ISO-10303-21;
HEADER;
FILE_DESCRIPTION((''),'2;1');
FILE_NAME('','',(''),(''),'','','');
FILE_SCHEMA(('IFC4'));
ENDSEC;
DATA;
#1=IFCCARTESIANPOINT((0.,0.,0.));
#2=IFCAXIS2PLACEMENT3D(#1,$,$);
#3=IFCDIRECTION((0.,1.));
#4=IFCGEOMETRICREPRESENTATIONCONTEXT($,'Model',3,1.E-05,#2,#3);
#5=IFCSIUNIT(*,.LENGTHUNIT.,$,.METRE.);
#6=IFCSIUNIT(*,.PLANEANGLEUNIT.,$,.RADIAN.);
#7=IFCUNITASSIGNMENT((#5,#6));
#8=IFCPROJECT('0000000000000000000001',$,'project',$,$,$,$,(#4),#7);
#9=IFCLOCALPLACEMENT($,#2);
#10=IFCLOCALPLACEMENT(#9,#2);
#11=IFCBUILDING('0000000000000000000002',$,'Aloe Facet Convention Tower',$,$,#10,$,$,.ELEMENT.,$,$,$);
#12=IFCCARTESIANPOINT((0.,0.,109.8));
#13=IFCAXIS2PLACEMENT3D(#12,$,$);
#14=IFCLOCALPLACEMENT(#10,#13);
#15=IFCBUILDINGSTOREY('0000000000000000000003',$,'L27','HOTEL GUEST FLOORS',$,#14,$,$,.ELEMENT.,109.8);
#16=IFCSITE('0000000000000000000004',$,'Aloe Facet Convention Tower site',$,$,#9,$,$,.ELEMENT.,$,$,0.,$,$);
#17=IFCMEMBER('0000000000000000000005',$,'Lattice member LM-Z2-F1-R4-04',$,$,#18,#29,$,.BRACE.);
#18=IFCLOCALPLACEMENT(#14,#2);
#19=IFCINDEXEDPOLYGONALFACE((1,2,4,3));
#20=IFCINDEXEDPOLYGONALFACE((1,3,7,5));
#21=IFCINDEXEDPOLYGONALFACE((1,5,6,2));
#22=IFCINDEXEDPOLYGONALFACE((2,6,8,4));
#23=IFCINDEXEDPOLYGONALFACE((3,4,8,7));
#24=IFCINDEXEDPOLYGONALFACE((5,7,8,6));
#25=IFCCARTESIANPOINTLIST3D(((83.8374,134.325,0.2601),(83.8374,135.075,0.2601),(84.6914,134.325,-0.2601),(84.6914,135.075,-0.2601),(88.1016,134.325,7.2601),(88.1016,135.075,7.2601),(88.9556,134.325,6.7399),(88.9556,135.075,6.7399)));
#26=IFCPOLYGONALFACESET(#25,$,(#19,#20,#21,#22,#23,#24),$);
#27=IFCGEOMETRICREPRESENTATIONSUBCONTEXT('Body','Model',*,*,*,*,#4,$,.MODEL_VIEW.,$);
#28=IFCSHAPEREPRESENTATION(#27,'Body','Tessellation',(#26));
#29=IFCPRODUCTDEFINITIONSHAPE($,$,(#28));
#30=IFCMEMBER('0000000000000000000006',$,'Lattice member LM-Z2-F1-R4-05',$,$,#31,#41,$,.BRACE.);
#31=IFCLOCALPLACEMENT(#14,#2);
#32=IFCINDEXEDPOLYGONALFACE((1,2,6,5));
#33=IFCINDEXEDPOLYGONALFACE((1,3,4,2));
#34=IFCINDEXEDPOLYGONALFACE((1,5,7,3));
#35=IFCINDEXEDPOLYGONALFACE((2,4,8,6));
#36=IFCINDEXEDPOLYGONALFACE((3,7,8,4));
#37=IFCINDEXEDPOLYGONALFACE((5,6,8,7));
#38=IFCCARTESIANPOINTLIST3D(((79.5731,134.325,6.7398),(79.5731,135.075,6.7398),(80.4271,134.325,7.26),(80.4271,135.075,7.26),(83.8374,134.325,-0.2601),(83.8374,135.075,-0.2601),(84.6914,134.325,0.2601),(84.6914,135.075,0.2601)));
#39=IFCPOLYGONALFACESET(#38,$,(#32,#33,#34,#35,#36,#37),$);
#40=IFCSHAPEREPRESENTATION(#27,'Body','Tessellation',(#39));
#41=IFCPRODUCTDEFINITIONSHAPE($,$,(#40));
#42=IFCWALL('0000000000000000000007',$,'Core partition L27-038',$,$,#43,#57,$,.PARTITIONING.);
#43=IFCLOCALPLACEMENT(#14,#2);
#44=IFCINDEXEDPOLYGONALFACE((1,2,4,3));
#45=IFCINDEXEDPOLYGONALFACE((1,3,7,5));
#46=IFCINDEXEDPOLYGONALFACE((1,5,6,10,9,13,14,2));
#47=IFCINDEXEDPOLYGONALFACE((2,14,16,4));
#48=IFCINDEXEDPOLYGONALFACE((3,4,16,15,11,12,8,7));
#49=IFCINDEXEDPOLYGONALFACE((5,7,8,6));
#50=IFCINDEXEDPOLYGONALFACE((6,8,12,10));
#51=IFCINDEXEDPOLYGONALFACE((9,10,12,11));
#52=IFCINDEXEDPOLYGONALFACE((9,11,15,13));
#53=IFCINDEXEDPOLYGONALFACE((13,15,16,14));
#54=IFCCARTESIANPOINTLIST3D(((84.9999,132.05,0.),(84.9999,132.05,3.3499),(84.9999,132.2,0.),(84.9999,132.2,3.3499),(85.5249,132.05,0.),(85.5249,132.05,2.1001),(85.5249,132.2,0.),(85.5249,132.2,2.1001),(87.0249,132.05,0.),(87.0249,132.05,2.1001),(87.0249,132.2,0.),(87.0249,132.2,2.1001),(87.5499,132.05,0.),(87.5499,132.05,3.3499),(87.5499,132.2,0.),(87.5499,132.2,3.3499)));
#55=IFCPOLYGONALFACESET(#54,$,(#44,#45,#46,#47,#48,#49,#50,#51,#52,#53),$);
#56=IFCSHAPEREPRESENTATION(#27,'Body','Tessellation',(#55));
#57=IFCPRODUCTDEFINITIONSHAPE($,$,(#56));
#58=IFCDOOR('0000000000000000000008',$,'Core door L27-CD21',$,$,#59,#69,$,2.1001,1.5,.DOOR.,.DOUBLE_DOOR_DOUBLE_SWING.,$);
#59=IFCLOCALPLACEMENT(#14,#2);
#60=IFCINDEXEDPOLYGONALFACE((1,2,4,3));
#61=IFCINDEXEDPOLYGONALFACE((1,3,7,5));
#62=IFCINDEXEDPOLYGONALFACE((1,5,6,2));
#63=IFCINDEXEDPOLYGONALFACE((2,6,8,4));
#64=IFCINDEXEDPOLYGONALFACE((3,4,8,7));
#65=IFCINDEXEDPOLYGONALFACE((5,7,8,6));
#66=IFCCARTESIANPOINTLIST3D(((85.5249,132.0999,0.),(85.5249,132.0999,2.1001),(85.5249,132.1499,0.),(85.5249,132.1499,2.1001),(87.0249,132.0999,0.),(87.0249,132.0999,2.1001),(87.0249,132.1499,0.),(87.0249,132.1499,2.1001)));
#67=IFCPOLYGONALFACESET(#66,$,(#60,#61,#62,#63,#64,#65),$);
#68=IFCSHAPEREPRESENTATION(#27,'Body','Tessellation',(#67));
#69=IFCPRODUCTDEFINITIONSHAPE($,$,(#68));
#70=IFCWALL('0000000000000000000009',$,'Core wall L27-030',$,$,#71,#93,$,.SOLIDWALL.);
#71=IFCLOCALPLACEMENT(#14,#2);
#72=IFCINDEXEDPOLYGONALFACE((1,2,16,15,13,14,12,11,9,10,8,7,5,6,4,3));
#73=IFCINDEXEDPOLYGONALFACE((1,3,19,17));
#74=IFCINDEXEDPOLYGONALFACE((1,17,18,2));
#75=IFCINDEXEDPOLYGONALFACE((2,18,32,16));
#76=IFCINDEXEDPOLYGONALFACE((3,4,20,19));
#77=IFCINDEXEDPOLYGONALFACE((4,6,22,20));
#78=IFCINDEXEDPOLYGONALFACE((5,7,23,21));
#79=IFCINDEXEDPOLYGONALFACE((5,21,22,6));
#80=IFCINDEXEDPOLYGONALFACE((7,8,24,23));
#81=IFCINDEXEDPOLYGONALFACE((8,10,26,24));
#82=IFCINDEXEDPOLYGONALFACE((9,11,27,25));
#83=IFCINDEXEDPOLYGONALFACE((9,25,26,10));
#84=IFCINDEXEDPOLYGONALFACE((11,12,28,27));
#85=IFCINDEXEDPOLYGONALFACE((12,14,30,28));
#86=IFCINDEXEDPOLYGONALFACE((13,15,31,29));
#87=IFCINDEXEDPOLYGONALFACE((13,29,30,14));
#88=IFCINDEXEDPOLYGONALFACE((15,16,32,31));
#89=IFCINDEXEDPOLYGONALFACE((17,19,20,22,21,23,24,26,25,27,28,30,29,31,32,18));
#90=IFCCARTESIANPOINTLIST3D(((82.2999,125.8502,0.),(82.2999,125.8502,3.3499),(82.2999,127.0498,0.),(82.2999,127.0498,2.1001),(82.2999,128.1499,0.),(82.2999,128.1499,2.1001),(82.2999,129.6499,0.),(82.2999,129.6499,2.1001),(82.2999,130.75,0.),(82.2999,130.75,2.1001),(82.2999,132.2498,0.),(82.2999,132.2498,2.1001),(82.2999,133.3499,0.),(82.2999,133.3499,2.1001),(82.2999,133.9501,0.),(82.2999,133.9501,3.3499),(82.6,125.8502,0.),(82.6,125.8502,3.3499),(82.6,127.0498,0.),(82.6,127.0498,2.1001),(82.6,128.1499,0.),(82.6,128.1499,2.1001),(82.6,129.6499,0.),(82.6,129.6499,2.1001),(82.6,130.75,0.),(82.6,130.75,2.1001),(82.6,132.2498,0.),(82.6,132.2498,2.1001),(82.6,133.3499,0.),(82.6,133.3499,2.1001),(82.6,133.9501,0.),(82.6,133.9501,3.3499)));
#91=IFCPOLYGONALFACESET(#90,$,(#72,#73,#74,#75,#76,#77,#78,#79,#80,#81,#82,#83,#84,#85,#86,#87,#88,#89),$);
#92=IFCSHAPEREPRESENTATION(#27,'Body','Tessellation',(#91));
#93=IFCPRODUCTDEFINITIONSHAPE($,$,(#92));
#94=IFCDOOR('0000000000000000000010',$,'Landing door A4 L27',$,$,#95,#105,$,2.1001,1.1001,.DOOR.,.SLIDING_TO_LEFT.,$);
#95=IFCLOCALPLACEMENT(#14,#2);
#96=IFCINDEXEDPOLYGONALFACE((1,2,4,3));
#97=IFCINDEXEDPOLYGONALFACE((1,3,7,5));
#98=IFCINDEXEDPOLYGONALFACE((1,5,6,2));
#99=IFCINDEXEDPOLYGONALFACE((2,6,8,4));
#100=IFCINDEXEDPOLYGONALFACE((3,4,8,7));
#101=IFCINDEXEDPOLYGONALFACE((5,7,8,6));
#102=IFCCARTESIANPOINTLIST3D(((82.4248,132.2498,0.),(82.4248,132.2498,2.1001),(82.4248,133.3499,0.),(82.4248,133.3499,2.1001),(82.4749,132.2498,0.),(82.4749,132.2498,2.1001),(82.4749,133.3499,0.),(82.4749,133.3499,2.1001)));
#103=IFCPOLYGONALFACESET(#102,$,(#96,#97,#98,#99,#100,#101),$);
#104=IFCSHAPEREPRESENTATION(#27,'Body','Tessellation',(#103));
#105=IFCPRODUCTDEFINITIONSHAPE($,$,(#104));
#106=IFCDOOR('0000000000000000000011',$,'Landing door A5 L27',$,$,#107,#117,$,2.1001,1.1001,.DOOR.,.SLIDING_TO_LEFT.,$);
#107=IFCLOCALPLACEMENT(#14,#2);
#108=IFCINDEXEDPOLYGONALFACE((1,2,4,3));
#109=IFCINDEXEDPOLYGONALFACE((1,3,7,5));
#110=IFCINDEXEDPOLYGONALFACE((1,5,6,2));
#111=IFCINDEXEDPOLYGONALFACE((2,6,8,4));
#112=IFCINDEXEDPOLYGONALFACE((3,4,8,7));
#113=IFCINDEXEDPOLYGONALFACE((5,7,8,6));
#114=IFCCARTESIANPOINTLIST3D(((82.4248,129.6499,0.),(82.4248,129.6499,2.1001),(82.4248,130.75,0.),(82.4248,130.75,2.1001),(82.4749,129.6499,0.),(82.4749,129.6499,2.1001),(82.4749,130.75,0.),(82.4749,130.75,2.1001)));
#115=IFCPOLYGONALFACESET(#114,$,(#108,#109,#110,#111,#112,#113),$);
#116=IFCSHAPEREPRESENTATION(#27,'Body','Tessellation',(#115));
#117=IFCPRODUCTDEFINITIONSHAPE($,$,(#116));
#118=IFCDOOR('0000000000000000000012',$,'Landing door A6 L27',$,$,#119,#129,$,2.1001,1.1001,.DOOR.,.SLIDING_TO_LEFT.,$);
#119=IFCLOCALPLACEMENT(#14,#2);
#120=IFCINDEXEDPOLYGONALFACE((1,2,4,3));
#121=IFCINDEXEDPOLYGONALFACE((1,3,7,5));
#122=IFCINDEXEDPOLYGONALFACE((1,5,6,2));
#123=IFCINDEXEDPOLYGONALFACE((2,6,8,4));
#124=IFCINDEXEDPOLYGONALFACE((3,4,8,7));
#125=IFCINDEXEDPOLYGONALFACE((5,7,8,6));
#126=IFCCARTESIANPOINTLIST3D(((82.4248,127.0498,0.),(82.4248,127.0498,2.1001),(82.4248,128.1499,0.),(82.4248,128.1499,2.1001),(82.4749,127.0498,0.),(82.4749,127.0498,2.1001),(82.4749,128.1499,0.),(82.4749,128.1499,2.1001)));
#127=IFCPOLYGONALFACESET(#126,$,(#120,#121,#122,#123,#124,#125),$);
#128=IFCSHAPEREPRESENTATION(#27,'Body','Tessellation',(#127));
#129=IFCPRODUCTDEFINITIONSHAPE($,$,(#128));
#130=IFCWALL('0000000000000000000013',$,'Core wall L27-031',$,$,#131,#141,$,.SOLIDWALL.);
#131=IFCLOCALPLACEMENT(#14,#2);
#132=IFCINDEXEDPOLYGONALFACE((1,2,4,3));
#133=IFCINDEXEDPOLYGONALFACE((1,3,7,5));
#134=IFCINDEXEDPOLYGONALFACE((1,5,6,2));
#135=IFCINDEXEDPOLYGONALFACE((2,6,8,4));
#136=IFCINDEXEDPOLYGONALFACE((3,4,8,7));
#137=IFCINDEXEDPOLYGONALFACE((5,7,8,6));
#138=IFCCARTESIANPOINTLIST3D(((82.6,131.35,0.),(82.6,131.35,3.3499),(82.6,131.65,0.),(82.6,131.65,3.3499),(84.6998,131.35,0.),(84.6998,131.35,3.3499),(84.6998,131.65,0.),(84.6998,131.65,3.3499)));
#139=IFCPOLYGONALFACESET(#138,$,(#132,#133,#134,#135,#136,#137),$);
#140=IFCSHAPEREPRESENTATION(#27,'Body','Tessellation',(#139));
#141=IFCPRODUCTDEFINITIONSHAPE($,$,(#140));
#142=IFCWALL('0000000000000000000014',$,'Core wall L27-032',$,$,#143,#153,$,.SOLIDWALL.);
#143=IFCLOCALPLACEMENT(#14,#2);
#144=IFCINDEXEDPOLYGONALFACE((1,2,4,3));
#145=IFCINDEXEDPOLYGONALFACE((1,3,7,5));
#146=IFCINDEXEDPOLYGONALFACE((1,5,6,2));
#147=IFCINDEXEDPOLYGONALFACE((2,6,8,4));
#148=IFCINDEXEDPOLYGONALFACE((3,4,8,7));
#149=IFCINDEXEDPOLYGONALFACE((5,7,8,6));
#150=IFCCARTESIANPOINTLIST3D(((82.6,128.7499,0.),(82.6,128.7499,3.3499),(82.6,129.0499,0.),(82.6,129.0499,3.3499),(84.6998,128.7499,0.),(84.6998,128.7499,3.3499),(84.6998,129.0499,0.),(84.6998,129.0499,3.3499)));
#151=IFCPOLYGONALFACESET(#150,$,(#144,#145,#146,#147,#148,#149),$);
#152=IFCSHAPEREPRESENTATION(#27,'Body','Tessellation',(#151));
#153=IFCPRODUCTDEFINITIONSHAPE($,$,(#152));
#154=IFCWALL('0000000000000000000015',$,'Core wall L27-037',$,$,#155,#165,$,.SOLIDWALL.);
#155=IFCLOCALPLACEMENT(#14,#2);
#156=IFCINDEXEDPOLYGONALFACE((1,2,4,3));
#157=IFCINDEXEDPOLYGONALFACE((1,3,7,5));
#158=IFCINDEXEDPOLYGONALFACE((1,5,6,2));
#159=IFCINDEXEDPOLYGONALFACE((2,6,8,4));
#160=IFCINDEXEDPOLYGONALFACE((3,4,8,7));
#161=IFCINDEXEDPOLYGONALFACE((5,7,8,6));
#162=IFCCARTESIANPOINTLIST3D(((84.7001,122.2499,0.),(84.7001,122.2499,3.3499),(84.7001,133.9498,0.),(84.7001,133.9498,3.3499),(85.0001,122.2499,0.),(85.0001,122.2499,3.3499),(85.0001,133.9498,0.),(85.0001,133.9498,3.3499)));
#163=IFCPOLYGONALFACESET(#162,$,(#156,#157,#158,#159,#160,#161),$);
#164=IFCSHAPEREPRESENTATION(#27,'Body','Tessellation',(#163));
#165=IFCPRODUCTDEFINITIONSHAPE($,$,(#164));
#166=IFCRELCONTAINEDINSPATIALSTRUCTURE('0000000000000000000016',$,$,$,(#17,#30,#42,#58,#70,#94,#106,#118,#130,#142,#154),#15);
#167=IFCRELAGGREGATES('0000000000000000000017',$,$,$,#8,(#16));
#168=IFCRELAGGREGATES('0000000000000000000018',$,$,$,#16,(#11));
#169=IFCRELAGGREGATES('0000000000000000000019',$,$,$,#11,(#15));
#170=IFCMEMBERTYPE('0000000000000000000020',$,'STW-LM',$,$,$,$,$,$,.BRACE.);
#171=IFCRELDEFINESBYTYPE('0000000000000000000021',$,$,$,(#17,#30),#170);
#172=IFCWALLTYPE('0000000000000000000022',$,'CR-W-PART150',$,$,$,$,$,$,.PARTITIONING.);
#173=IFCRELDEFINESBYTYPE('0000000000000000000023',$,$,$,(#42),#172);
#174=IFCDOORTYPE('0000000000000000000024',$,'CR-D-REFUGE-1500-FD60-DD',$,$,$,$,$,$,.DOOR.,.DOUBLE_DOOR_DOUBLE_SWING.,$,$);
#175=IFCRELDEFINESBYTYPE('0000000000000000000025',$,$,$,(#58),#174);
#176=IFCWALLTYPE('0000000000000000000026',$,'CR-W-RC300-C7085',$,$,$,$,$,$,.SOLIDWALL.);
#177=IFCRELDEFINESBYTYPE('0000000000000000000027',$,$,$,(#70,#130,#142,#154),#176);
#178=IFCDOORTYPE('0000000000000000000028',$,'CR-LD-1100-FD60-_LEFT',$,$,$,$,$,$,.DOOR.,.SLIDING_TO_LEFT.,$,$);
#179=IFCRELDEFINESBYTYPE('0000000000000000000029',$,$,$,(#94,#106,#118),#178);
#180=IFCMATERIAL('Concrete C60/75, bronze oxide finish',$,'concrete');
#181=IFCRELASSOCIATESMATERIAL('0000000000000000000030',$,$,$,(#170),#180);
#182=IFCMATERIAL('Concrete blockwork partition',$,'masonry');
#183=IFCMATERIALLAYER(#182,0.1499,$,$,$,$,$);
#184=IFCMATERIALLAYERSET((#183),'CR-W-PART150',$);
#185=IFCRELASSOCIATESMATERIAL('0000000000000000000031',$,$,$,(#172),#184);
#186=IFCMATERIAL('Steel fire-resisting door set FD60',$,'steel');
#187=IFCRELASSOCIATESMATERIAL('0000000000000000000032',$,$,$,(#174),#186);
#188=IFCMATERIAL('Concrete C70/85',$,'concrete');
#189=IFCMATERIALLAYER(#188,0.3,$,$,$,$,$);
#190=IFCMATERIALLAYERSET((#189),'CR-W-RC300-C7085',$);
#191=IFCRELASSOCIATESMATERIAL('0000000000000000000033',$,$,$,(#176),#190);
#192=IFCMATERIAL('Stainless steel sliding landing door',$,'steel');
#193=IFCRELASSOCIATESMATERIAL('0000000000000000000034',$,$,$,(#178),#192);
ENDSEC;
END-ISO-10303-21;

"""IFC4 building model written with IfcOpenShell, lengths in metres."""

from ifc_helpers import new_model, si_unit, direction, frame, frame_2d, origin, origin_2d, place, context, subcontext, project, spatial, rectangle, extrude, material, layer, layer_set, material_profile, profile_set, type_object, element, fill, save


model = new_model("IFC4")

# Units and contexts
model_context = context("Model", 3, precision=1e-05, world=origin(), true_north=direction((0.0, 1.0)))
body_context = subcontext(model_context, "Body", "Model", "MODEL_VIEW")
ifc_project = project(units=[si_unit("LENGTHUNIT", "METRE"), si_unit("PLANEANGLEUNIT", "RADIAN")], contexts=[model_context])

# Site, building, storey
site_placement = place(None, origin())
site = spatial("IfcSite", under=ifc_project, at=site_placement, Name="Aloe Facet Convention Tower site", CompositionType="ELEMENT", RefElevation=0.0)
building_placement = place(site_placement, origin())
building = spatial("IfcBuilding", under=site, at=building_placement, Name="Aloe Facet Convention Tower", CompositionType="ELEMENT")
storey_placement = place(building_placement, frame((0.0, 0.0, 109.8)))
storey = spatial("IfcBuildingStorey", under=building, at=storey_placement, Name="L27", Description="HOTEL GUEST FLOORS", CompositionType="ELEMENT", Elevation=109.8)

# Members
ifc_material_1 = material(Name="Concrete C60/75, bronze oxide finish", Category="concrete")
ifc_material_profile = material_profile(ifc_material_1, rectangle(XDim=0.75, YDim=1.0, at=origin_2d()), Name="STW-LM")
ifc_profile_set = profile_set([ifc_material_profile], Name="Concrete C60/75, bronze oxide finish")
member_type = type_object("IfcMemberType", Name="STW-LM", PredefinedType="BRACE", material=ifc_profile_set)
for number, where, z_axis, x_axis, name in (
    (1, (84.2644, 134.7, 0.0), (0.52024, 0.0, 0.85402), (0.0, 1.0, 0.0), "Lattice member LM-Z2-F1-R4-04"),
    (2, (84.2644, 134.7, 0.0), (-0.520262, 0.0, 0.854007), (0.0, -1.0, 0.0), "Lattice member LM-Z2-F1-R4-05"),
):
    element("IfcMember", number, at=place(storey_placement, frame(where, z_axis=z_axis, x_axis=x_axis)), inside=storey, type_object=member_type, Name=name, PredefinedType="BRACE", context=body_context, shape_type="SweptSolid", body=[
        extrude(rectangle(XDim=0.75, YDim=1.0, at=origin_2d()), origin(), (0.0, 0.0, 1.0), 8.1965),
    ])

# Wall, opening, door
ifc_material_2 = material(Name="Concrete blockwork partition", Category="masonry")
ifc_layer_1 = layer(ifc_material_2, 0.1499)
ifc_layer_set_1 = layer_set([ifc_layer_1], Name="CR-W-PART150")
wall_type_1 = type_object("IfcWallType", Name="CR-W-PART150", PredefinedType="PARTITIONING", material=ifc_layer_set_1)
wall_1_placement = place(storey_placement, frame((85.0, 132.125, 0.0), z_axis=(0.0, 0.0, 1.0), x_axis=(1.0, 0.0, 0.0)))
wall_1 = element("IfcWall", 3, at=wall_1_placement, inside=storey, type_object=wall_type_1, Name="Core partition L27-038", PredefinedType="PARTITIONING", context=body_context, shape_type="SweptSolid", body=[
    extrude(rectangle(XDim=2.55, YDim=0.1499, at=frame_2d((1.2749, 0.0))), origin(), (0.0, 0.0, 1.0), 3.3499),
])
opening_1_placement = place(wall_1_placement, frame((0.5249, 0.0, 0.0)))
opening_1 = element("IfcOpeningElement", 4, at=opening_1_placement, cuts=wall_1, PredefinedType="OPENING", context=body_context, shape_type="SweptSolid", body=[
    extrude(rectangle(XDim=1.5, YDim=2.1001, at=frame_2d((0.75, 1.05))), frame((0.0, 0.085, 0.0), z_axis=(0.0, -1.0, 0.0), x_axis=(1.0, 0.0, 0.0)), (0.0, 0.0, 1.0), 0.1699),
])
ifc_material_3 = material(Name="Steel fire-resisting door set FD60", Category="steel")
door_type_1 = type_object("IfcDoorType", Name="CR-D-REFUGE-1500-FD60-DD", OperationType="DOUBLE_DOOR_DOUBLE_SWING", PredefinedType="DOOR", material=ifc_material_3)
door_1_placement = place(opening_1_placement, origin())
door_1 = element("IfcDoor", 5, at=door_1_placement, inside=storey, type_object=door_type_1, Name="Core door L27-CD21", OperationType="DOUBLE_DOOR_DOUBLE_SWING", OverallHeight=2.1001, OverallWidth=1.5, PredefinedType="DOOR", context=body_context, shape_type="SweptSolid", body=[
    extrude(rectangle(XDim=1.5, YDim=2.1001, at=frame_2d((0.75, 1.05))), frame((0.0, 0.0249, 0.0), z_axis=(0.0, -1.0, 0.0), x_axis=(1.0, 0.0, 0.0)), (0.0, 0.0, 1.0), 0.05),
])
fill(opening_1, door_1)

# Wall, openings, doors
ifc_material_4 = material(Name="Concrete C70/85", Category="concrete")
ifc_layer_2 = layer(ifc_material_4, 0.3)
ifc_layer_set_2 = layer_set([ifc_layer_2], Name="CR-W-RC300-C7085")
wall_type_2 = type_object("IfcWallType", Name="CR-W-RC300-C7085", PredefinedType="SOLIDWALL", material=ifc_layer_set_2)
wall_2_placement = place(storey_placement, frame((82.45, 133.95, 0.0), z_axis=(0.0, 0.0, 1.0), x_axis=(0.0, -1.0, 0.0)))
wall_2 = element("IfcWall", 6, at=wall_2_placement, inside=storey, type_object=wall_type_2, Name="Core wall L27-030", PredefinedType="SOLIDWALL", context=body_context, shape_type="SweptSolid", body=[
    extrude(rectangle(XDim=8.0999, YDim=0.3, at=frame_2d((4.0498, 0.0))), origin(), (0.0, 0.0, 1.0), 3.3499),
])
opening_2_placement = place(wall_2_placement, frame((0.6001, 0.0, 0.0)))
opening_2 = element("IfcOpeningElement", 7, at=opening_2_placement, cuts=wall_2, PredefinedType="OPENING", context=body_context, shape_type="SweptSolid", body=[
    extrude(rectangle(XDim=1.1001, YDim=2.1001, at=frame_2d((0.55, 1.05))), frame((0.0, 0.1602, 0.0), z_axis=(0.0, -1.0, 0.0), x_axis=(1.0, 0.0, 0.0)), (0.0, 0.0, 1.0), 0.3201),
])
opening_3_placement = place(wall_2_placement, frame((3.2, 0.0, 0.0)))
opening_3 = element("IfcOpeningElement", 8, at=opening_3_placement, cuts=wall_2, PredefinedType="OPENING", context=body_context, shape_type="SweptSolid", body=[
    extrude(rectangle(XDim=1.1001, YDim=2.1001, at=frame_2d((0.55, 1.05))), frame((0.0, 0.1602, 0.0), z_axis=(0.0, -1.0, 0.0), x_axis=(1.0, 0.0, 0.0)), (0.0, 0.0, 1.0), 0.3201),
])
opening_4_placement = place(wall_2_placement, frame((5.8, 0.0, 0.0)))
opening_4 = element("IfcOpeningElement", 9, at=opening_4_placement, cuts=wall_2, PredefinedType="OPENING", context=body_context, shape_type="SweptSolid", body=[
    extrude(rectangle(XDim=1.1001, YDim=2.1001, at=frame_2d((0.55, 1.05))), frame((0.0, 0.1602, 0.0), z_axis=(0.0, -1.0, 0.0), x_axis=(1.0, 0.0, 0.0)), (0.0, 0.0, 1.0), 0.3201),
])
ifc_material_5 = material(Name="Stainless steel sliding landing door", Category="steel")
door_type_2 = type_object("IfcDoorType", Name="CR-LD-1100-FD60-_LEFT", OperationType="SLIDING_TO_LEFT", PredefinedType="DOOR", material=ifc_material_5)
door_2_placement = place(opening_2_placement, origin())
door_2 = element("IfcDoor", 10, at=door_2_placement, inside=storey, type_object=door_type_2, Name="Landing door A4 L27", OperationType="SLIDING_TO_LEFT", OverallHeight=2.1001, OverallWidth=1.1001, PredefinedType="DOOR", context=body_context, shape_type="SweptSolid", body=[
    extrude(rectangle(XDim=1.1001, YDim=2.1001, at=frame_2d((0.55, 1.05))), frame((0.0, 0.0249, 0.0), z_axis=(0.0, -1.0, 0.0), x_axis=(1.0, 0.0, 0.0)), (0.0, 0.0, 1.0), 0.05),
])
fill(opening_2, door_2)
door_3_placement = place(opening_3_placement, origin())
door_3 = element("IfcDoor", 11, at=door_3_placement, inside=storey, type_object=door_type_2, Name="Landing door A5 L27", OperationType="SLIDING_TO_LEFT", OverallHeight=2.1001, OverallWidth=1.1001, PredefinedType="DOOR", context=body_context, shape_type="SweptSolid", body=[
    extrude(rectangle(XDim=1.1001, YDim=2.1001, at=frame_2d((0.55, 1.05))), frame((0.0, 0.0249, 0.0), z_axis=(0.0, -1.0, 0.0), x_axis=(1.0, 0.0, 0.0)), (0.0, 0.0, 1.0), 0.05),
])
fill(opening_3, door_3)
door_4_placement = place(opening_4_placement, origin())
door_4 = element("IfcDoor", 12, at=door_4_placement, inside=storey, type_object=door_type_2, Name="Landing door A6 L27", OperationType="SLIDING_TO_LEFT", OverallHeight=2.1001, OverallWidth=1.1001, PredefinedType="DOOR", context=body_context, shape_type="SweptSolid", body=[
    extrude(rectangle(XDim=1.1001, YDim=2.1001, at=frame_2d((0.55, 1.05))), frame((0.0, 0.0249, 0.0), z_axis=(0.0, -1.0, 0.0), x_axis=(1.0, 0.0, 0.0)), (0.0, 0.0, 1.0), 0.05),
])
fill(opening_4, door_4)

# Walls
for number, where, z_axis, x_axis, name in (
    (13, (82.6001, 131.5, 0.0), (0.0, 0.0, 1.0), (1.0, 0.0, 0.0), "Core wall L27-031"),
    (14, (82.6001, 128.8999, 0.0), (0.0, 0.0, 1.0), (1.0, 0.0, 0.0), "Core wall L27-032"),
):
    element("IfcWall", number, at=place(storey_placement, frame(where, z_axis=z_axis, x_axis=x_axis)), inside=storey, type_object=wall_type_2, Name=name, PredefinedType="SOLIDWALL", context=body_context, shape_type="SweptSolid", body=[
        extrude(rectangle(XDim=2.0999, YDim=0.3, at=frame_2d((1.0498, 0.0))), origin(), (0.0, 0.0, 1.0), 3.3499),
    ])
wall_3_placement = place(storey_placement, frame((84.8501, 133.95, 0.0), z_axis=(0.0, 0.0, 1.0), x_axis=(0.0, -1.0, 0.0)))
element("IfcWall", 15, at=wall_3_placement, inside=storey, type_object=wall_type_2, Name="Core wall L27-037", PredefinedType="SOLIDWALL", context=body_context, shape_type="SweptSolid", body=[
    extrude(rectangle(XDim=11.7, YDim=0.3, at=frame_2d((5.8501, 0.0))), origin(), (0.0, 0.0, 1.0), 3.3499),
])

save(model, "model.ifc")
